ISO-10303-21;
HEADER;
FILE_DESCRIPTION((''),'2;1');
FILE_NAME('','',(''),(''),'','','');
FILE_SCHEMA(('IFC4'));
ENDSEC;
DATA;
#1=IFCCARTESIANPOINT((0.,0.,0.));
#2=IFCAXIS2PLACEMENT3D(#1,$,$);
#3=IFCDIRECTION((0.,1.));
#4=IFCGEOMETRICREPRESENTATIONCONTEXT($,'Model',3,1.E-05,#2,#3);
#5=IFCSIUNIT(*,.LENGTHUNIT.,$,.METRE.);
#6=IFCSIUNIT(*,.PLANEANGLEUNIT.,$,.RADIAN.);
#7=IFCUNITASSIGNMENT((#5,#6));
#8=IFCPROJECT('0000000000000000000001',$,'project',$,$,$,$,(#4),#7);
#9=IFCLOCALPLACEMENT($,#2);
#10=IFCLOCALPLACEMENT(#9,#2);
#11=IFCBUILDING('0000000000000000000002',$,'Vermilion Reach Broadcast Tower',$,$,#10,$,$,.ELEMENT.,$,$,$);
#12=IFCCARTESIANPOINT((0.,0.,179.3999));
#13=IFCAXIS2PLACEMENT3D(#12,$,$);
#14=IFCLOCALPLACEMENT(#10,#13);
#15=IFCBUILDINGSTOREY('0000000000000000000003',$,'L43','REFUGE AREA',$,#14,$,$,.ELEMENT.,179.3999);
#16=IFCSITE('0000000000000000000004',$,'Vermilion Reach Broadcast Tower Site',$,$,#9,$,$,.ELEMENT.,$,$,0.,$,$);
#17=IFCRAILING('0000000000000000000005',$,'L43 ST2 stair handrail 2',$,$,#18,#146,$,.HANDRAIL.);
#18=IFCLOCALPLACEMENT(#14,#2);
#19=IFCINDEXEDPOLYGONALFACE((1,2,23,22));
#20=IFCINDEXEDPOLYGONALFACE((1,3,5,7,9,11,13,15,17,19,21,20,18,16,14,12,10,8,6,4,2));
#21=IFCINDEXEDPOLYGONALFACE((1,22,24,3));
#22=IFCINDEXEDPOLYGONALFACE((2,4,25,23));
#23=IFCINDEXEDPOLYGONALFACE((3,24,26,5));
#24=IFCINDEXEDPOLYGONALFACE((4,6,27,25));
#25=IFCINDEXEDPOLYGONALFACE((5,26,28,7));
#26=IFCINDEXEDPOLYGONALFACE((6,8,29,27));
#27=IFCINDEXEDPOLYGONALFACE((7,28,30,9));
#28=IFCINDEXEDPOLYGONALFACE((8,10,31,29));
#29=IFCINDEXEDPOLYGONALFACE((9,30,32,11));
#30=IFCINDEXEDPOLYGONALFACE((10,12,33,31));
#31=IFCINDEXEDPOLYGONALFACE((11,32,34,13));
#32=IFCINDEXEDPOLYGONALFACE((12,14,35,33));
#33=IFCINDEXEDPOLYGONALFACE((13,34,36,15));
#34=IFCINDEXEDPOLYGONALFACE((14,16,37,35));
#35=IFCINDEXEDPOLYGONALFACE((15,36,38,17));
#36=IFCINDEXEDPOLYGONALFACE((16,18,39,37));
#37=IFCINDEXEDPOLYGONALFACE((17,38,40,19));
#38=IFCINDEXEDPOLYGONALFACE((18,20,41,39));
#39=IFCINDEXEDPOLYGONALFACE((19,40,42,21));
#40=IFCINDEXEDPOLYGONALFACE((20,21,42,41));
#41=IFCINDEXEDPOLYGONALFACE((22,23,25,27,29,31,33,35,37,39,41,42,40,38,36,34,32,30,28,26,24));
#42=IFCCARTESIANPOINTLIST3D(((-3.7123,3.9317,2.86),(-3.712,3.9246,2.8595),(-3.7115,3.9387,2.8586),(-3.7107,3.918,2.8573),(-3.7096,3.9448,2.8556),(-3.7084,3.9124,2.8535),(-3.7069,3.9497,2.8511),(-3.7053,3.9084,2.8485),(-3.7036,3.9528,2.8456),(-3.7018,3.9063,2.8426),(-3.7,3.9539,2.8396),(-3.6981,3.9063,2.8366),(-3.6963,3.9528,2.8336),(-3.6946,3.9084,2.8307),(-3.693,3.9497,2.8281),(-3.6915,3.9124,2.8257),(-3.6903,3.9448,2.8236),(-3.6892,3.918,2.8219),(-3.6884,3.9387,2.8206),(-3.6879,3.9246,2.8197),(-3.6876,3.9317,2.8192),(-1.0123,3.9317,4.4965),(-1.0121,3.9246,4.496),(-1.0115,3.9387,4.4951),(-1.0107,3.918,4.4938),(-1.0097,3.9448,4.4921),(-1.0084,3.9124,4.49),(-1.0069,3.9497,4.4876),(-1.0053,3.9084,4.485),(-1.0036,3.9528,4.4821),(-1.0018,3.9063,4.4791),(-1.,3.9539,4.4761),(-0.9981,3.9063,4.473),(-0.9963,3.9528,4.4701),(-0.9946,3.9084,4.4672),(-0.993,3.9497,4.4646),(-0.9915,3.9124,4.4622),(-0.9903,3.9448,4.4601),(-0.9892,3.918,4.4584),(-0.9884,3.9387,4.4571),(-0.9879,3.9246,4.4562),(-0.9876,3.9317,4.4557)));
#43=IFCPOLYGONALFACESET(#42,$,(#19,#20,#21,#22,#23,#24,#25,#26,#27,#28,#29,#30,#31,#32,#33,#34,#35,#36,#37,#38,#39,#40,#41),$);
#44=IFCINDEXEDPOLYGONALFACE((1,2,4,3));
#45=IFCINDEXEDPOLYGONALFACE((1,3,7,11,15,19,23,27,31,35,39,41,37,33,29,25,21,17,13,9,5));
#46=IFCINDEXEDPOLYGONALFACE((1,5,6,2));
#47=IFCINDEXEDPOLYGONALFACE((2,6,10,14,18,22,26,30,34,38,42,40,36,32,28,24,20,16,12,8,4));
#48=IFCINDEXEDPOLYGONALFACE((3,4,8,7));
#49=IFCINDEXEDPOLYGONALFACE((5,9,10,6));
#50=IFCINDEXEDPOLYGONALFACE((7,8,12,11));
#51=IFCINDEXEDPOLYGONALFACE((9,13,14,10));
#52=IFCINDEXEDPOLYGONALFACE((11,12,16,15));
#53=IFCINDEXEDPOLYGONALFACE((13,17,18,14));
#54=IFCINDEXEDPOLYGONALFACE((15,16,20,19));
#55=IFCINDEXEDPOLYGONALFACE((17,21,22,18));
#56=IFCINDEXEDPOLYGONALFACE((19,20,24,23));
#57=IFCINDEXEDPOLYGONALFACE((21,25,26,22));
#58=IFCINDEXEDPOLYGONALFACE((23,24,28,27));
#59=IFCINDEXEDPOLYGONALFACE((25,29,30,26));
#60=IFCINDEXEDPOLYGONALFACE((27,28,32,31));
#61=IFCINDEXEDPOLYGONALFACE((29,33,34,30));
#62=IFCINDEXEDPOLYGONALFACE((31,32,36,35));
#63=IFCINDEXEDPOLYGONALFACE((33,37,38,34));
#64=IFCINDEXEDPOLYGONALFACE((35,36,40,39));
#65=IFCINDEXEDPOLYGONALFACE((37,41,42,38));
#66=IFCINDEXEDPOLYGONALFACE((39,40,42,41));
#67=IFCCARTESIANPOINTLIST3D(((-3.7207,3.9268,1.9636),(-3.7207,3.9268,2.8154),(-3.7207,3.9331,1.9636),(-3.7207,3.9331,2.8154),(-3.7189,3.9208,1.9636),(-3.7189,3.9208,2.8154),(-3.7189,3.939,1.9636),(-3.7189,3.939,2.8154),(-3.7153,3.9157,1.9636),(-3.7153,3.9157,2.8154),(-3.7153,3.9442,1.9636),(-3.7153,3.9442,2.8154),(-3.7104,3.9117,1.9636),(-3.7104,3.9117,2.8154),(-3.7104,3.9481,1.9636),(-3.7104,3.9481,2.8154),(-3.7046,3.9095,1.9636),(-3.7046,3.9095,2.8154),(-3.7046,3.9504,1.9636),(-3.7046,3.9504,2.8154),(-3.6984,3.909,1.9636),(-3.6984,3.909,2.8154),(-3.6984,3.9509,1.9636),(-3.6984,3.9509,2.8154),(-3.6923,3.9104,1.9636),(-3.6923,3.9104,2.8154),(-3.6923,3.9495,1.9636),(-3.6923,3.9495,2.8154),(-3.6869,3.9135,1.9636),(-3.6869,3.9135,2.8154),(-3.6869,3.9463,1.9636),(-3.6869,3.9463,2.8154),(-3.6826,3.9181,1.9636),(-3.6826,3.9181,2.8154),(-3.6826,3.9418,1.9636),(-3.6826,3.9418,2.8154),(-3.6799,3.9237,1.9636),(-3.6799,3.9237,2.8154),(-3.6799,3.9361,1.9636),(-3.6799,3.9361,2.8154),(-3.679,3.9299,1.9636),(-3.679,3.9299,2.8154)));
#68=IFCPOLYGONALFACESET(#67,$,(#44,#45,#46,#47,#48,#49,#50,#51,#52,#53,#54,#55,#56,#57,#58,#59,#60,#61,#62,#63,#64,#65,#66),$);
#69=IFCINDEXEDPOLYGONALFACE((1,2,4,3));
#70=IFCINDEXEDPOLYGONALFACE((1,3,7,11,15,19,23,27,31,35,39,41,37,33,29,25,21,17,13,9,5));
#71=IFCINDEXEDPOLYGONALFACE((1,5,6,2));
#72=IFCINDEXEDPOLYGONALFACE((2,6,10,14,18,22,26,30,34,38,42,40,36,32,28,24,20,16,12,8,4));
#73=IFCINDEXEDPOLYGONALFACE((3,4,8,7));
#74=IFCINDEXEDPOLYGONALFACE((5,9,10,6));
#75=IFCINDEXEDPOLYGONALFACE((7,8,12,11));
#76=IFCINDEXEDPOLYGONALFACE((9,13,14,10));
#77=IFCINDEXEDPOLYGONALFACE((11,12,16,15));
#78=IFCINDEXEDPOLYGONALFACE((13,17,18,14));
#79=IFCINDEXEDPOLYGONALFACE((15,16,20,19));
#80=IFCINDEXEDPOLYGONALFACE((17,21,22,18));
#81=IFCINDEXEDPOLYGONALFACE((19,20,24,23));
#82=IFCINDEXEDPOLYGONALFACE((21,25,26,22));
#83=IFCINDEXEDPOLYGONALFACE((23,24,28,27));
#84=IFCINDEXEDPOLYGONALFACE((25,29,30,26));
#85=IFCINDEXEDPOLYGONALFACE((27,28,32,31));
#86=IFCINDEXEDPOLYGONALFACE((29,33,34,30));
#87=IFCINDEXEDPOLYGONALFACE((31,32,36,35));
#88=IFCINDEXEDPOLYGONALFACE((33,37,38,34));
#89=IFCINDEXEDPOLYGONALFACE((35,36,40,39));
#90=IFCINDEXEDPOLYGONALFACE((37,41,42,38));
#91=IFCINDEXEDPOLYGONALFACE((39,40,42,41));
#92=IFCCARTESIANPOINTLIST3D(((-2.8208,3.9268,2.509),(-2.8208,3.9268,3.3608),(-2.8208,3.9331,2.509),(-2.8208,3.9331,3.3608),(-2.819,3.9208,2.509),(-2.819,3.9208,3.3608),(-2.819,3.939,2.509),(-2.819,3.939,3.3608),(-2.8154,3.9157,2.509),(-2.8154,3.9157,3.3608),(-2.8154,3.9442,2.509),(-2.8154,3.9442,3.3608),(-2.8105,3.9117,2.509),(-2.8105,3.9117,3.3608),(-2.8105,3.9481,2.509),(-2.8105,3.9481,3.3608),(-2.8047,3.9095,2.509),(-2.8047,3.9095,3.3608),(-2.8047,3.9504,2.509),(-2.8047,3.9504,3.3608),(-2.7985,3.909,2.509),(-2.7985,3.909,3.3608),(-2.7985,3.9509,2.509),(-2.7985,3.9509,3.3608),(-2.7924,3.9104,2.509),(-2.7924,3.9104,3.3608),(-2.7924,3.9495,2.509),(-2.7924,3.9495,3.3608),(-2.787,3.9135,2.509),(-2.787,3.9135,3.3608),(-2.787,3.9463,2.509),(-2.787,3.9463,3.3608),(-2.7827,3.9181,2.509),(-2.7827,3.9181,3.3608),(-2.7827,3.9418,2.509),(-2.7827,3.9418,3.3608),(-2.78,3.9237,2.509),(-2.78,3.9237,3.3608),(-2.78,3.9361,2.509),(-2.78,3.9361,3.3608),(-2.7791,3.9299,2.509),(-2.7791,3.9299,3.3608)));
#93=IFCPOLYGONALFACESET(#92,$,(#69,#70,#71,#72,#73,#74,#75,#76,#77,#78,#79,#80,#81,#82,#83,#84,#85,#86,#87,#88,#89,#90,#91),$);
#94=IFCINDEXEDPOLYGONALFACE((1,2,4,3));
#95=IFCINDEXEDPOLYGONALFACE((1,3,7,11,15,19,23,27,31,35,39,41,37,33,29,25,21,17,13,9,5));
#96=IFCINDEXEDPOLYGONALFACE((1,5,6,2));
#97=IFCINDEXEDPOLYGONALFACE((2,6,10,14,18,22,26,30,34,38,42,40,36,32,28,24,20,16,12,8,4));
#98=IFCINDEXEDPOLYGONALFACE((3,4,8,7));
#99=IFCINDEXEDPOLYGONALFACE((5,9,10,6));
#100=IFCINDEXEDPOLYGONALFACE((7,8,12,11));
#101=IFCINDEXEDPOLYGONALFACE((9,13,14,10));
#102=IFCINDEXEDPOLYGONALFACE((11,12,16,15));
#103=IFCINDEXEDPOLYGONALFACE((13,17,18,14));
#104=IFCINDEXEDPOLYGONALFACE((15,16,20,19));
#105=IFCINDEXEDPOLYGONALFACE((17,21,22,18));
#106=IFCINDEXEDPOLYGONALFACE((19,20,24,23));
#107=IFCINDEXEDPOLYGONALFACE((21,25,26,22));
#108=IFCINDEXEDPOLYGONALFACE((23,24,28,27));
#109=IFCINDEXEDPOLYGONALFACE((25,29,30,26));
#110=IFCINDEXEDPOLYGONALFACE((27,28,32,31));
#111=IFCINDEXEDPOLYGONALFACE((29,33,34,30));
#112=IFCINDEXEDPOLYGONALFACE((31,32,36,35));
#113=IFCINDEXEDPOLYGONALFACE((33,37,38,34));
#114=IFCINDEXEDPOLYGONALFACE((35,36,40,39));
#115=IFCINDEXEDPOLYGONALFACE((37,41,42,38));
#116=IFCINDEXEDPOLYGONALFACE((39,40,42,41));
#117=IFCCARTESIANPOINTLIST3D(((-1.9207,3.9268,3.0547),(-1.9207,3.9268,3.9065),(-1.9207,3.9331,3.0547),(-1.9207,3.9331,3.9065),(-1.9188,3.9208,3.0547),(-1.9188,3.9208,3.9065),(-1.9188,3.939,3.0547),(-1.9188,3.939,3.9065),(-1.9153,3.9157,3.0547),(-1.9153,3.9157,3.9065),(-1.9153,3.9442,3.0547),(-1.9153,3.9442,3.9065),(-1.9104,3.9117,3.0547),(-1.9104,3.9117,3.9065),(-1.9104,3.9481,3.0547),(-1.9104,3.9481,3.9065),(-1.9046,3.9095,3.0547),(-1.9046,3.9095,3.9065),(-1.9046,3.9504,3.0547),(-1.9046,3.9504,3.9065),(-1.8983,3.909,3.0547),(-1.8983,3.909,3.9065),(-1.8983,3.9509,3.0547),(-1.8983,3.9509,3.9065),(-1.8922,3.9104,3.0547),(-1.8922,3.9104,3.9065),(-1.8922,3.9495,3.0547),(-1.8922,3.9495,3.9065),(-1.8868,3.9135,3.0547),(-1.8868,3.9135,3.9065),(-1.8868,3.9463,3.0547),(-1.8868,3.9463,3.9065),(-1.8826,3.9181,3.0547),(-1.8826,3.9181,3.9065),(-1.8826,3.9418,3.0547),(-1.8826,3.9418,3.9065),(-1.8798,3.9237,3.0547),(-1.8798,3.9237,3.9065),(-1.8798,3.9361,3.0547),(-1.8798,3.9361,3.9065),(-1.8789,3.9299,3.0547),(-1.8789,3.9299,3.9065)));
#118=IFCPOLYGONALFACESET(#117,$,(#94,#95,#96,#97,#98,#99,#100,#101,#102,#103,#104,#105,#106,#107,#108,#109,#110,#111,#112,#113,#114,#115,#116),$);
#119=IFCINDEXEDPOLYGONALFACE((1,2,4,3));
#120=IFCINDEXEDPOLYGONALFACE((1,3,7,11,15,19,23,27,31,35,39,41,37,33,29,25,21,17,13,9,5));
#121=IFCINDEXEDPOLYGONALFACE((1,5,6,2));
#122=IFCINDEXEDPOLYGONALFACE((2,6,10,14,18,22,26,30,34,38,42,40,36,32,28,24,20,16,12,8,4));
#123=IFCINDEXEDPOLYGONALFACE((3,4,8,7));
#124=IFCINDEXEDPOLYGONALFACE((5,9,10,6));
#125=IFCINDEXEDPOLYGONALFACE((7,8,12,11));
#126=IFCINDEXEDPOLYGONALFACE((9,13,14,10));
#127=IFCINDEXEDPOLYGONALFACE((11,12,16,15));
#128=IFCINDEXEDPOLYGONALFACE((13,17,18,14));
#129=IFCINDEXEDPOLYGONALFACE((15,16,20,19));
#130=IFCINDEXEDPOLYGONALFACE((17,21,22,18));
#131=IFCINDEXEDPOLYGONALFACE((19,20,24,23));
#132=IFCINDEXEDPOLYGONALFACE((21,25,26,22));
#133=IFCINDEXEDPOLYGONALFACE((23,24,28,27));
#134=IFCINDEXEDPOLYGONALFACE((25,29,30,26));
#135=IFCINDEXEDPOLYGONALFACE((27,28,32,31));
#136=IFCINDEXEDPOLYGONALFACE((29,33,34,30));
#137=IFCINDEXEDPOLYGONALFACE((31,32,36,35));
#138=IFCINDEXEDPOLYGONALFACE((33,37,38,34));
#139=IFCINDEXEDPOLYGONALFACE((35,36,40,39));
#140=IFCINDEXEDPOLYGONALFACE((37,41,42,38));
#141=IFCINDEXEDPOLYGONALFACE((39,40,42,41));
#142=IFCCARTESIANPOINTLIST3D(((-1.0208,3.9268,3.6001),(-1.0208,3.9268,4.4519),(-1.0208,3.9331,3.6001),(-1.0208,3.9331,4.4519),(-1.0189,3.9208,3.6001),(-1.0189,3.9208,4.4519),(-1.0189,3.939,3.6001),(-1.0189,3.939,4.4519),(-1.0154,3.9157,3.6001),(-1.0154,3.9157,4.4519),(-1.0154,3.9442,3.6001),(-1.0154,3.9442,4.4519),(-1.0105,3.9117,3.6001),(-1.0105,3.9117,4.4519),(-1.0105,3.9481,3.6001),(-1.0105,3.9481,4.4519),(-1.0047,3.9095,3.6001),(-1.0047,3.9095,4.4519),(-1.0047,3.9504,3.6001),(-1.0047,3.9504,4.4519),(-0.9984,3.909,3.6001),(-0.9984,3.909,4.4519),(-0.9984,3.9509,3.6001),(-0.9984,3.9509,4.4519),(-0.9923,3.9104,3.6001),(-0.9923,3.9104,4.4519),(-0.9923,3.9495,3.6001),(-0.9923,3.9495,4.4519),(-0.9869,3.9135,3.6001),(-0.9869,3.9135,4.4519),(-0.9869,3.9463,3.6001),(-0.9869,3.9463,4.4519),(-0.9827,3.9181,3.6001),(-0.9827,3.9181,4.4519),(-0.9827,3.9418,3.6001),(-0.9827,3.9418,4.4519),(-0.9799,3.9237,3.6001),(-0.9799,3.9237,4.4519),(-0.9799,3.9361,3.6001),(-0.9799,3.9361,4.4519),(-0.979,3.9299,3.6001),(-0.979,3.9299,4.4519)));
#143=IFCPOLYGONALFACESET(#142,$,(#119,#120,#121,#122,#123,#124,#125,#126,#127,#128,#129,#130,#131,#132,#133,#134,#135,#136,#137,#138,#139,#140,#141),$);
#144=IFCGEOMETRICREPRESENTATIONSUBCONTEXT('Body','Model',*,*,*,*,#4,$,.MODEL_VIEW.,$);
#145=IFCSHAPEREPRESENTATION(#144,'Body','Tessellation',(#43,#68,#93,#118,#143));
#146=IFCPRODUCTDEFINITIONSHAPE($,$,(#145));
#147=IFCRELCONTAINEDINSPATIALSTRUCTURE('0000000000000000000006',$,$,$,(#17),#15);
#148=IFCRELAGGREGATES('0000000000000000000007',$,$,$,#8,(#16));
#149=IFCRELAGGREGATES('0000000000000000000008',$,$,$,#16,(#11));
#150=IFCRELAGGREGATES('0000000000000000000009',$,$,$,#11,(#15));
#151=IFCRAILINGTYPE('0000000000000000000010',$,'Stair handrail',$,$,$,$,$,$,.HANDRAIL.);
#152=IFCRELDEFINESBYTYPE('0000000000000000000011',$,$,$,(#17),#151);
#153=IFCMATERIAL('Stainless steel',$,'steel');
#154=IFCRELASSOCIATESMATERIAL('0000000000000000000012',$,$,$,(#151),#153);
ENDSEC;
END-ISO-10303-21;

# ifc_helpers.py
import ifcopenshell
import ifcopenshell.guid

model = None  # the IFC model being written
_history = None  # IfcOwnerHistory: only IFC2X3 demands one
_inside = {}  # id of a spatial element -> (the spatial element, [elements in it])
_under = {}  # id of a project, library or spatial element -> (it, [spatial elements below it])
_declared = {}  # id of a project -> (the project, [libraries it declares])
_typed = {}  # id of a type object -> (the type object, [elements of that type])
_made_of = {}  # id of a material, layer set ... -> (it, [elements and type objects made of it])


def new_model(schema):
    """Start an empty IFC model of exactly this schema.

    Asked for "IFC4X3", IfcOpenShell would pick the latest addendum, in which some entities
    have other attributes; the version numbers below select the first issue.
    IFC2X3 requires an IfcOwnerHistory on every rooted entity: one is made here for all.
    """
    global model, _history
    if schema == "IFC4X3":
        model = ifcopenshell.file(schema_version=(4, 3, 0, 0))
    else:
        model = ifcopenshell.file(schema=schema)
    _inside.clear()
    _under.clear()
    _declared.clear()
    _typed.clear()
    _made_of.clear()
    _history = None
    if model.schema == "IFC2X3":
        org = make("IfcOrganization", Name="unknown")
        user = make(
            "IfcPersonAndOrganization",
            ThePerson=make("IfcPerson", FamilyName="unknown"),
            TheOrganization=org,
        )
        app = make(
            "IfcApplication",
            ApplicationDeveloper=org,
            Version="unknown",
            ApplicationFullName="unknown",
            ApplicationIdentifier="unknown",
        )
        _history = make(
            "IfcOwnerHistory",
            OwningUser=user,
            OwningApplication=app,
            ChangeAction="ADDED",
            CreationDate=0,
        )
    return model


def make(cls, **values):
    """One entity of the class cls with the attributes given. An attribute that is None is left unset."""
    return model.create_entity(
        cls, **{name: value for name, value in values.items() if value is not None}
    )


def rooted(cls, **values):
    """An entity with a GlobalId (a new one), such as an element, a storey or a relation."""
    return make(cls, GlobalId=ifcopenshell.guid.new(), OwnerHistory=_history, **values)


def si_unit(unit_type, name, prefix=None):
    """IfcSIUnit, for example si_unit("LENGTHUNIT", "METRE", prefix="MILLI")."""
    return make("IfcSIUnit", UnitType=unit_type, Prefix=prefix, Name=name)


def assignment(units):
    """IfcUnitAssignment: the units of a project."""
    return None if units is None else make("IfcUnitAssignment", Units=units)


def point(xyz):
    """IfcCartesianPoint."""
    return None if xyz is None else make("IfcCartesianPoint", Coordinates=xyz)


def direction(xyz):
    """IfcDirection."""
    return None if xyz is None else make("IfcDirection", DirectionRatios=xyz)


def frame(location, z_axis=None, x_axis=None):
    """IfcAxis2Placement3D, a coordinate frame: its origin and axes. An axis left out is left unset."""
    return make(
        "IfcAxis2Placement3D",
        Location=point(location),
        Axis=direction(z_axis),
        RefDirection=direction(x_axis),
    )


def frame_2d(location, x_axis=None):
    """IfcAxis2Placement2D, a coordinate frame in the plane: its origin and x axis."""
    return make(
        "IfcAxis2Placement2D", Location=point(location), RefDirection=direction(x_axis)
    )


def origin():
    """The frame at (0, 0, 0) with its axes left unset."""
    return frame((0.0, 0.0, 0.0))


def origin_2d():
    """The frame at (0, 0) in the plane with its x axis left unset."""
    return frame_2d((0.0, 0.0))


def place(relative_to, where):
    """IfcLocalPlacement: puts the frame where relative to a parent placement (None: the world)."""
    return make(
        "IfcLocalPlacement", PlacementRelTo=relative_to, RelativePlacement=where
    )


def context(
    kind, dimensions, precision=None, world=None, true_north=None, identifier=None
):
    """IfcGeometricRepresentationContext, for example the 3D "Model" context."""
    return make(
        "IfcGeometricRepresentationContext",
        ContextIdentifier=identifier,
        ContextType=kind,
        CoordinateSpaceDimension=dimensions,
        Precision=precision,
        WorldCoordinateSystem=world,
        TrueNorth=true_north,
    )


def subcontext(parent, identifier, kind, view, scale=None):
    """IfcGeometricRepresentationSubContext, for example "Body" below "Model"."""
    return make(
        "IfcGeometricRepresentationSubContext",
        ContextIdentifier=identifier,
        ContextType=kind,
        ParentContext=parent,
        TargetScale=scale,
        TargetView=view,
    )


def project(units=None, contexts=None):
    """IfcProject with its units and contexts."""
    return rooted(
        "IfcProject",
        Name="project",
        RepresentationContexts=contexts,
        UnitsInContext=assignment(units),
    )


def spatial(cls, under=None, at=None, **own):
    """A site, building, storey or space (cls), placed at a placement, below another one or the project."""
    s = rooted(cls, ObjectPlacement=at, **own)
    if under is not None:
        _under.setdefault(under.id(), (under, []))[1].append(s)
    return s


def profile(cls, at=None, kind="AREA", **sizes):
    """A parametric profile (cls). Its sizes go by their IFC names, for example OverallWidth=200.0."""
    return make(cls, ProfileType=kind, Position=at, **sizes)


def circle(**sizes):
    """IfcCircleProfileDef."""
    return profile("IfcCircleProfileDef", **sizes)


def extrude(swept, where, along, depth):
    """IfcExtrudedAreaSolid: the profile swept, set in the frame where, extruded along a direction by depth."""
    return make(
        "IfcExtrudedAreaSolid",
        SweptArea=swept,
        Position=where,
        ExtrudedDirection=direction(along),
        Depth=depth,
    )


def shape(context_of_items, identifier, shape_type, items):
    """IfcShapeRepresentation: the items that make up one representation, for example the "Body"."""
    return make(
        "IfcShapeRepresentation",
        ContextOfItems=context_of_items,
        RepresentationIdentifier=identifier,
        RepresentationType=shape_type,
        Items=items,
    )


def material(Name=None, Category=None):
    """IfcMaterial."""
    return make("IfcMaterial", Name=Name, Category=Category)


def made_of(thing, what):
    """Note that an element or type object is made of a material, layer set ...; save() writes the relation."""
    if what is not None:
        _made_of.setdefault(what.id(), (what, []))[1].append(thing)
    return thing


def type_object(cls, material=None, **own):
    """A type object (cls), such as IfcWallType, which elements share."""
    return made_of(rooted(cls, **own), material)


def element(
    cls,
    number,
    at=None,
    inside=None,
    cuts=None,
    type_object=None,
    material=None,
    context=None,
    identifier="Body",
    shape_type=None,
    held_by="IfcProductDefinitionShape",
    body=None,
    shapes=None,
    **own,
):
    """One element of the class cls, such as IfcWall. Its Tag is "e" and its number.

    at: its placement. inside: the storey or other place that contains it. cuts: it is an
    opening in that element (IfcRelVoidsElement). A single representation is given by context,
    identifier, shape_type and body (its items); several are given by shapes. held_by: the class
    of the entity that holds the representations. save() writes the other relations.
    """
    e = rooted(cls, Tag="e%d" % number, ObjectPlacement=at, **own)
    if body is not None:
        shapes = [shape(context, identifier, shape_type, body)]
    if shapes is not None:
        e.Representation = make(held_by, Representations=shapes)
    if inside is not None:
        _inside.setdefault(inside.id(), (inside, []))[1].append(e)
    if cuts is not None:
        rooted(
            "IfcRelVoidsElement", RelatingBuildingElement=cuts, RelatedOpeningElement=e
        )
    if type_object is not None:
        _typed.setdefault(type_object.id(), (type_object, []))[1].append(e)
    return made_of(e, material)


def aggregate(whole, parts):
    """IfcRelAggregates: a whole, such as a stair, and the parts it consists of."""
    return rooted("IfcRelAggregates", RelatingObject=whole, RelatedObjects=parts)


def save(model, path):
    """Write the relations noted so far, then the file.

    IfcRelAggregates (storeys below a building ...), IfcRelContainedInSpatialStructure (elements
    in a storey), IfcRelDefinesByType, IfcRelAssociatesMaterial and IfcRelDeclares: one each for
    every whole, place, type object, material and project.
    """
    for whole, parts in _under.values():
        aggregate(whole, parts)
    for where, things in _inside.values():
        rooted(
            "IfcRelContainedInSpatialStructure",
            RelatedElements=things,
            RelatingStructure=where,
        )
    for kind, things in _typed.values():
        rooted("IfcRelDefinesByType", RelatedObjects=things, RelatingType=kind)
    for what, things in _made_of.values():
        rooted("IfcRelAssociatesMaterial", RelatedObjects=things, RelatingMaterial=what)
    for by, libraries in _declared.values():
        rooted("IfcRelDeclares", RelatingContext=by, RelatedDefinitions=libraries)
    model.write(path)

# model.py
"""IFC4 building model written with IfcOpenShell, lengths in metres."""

from ifc_helpers import new_model, si_unit, direction, frame, origin, origin_2d, place, context, subcontext, project, spatial, circle, extrude, material, type_object, element, save


model = new_model("IFC4")

# Units and contexts
model_context = context("Model", 3, precision=1e-05, world=origin(), true_north=direction((0.0, 1.0)))
body_context = subcontext(model_context, "Body", "Model", "MODEL_VIEW")
ifc_project = project(units=[si_unit("LENGTHUNIT", "METRE"), si_unit("PLANEANGLEUNIT", "RADIAN")], contexts=[model_context])

# Site, building, storey
site_placement = place(None, origin())
site = spatial("IfcSite", under=ifc_project, at=site_placement, Name="Vermilion Reach Broadcast Tower Site", CompositionType="ELEMENT", RefElevation=0.0)
building_placement = place(site_placement, origin())
building = spatial("IfcBuilding", under=site, at=building_placement, Name="Vermilion Reach Broadcast Tower", CompositionType="ELEMENT")
storey_placement = place(building_placement, frame((0.0, 0.0, 179.3999)))
storey = spatial("IfcBuildingStorey", under=building, at=storey_placement, Name="L43", Description="REFUGE AREA", CompositionType="ELEMENT", Elevation=179.3999)

# Railing
ifc_material_1 = material(Name="Stainless steel", Category="steel")
railing_type_1 = type_object("IfcRailingType", Name="Stair handrail", PredefinedType="HANDRAIL", material=ifc_material_1)
railing_1_placement = place(storey_placement, frame((-3.7, 3.9299, 1.9636)))
element("IfcRailing", 1, at=railing_1_placement, inside=storey, type_object=railing_type_1, Name="L43 ST2 stair handrail 2", PredefinedType="HANDRAIL", context=body_context, shape_type="SweptSolid", body=[
    extrude(circle(Radius=0.0239, at=origin_2d()), frame((0.0, 0.0, 0.876), z_axis=(0.855178, 0.0, 0.518334), x_axis=(0.0, 1.0, 0.0)), (0.0, 0.0, 1.0), 3.1572),
    extrude(circle(Radius=0.021, at=origin_2d()), origin(), (0.0, 0.0, 1.0), 0.8518),
    extrude(circle(Radius=0.021, at=origin_2d()), frame((0.8999, 0.0, 0.5454)), (0.0, 0.0, 1.0), 0.8518),
    extrude(circle(Radius=0.021, at=origin_2d()), frame((1.8, 0.0, 1.0911)), (0.0, 0.0, 1.0), 0.8518),
    extrude(circle(Radius=0.021, at=origin_2d()), frame((2.7, 0.0, 1.6365)), (0.0, 0.0, 1.0), 0.8518),
])

save(model, "model.ifc")
